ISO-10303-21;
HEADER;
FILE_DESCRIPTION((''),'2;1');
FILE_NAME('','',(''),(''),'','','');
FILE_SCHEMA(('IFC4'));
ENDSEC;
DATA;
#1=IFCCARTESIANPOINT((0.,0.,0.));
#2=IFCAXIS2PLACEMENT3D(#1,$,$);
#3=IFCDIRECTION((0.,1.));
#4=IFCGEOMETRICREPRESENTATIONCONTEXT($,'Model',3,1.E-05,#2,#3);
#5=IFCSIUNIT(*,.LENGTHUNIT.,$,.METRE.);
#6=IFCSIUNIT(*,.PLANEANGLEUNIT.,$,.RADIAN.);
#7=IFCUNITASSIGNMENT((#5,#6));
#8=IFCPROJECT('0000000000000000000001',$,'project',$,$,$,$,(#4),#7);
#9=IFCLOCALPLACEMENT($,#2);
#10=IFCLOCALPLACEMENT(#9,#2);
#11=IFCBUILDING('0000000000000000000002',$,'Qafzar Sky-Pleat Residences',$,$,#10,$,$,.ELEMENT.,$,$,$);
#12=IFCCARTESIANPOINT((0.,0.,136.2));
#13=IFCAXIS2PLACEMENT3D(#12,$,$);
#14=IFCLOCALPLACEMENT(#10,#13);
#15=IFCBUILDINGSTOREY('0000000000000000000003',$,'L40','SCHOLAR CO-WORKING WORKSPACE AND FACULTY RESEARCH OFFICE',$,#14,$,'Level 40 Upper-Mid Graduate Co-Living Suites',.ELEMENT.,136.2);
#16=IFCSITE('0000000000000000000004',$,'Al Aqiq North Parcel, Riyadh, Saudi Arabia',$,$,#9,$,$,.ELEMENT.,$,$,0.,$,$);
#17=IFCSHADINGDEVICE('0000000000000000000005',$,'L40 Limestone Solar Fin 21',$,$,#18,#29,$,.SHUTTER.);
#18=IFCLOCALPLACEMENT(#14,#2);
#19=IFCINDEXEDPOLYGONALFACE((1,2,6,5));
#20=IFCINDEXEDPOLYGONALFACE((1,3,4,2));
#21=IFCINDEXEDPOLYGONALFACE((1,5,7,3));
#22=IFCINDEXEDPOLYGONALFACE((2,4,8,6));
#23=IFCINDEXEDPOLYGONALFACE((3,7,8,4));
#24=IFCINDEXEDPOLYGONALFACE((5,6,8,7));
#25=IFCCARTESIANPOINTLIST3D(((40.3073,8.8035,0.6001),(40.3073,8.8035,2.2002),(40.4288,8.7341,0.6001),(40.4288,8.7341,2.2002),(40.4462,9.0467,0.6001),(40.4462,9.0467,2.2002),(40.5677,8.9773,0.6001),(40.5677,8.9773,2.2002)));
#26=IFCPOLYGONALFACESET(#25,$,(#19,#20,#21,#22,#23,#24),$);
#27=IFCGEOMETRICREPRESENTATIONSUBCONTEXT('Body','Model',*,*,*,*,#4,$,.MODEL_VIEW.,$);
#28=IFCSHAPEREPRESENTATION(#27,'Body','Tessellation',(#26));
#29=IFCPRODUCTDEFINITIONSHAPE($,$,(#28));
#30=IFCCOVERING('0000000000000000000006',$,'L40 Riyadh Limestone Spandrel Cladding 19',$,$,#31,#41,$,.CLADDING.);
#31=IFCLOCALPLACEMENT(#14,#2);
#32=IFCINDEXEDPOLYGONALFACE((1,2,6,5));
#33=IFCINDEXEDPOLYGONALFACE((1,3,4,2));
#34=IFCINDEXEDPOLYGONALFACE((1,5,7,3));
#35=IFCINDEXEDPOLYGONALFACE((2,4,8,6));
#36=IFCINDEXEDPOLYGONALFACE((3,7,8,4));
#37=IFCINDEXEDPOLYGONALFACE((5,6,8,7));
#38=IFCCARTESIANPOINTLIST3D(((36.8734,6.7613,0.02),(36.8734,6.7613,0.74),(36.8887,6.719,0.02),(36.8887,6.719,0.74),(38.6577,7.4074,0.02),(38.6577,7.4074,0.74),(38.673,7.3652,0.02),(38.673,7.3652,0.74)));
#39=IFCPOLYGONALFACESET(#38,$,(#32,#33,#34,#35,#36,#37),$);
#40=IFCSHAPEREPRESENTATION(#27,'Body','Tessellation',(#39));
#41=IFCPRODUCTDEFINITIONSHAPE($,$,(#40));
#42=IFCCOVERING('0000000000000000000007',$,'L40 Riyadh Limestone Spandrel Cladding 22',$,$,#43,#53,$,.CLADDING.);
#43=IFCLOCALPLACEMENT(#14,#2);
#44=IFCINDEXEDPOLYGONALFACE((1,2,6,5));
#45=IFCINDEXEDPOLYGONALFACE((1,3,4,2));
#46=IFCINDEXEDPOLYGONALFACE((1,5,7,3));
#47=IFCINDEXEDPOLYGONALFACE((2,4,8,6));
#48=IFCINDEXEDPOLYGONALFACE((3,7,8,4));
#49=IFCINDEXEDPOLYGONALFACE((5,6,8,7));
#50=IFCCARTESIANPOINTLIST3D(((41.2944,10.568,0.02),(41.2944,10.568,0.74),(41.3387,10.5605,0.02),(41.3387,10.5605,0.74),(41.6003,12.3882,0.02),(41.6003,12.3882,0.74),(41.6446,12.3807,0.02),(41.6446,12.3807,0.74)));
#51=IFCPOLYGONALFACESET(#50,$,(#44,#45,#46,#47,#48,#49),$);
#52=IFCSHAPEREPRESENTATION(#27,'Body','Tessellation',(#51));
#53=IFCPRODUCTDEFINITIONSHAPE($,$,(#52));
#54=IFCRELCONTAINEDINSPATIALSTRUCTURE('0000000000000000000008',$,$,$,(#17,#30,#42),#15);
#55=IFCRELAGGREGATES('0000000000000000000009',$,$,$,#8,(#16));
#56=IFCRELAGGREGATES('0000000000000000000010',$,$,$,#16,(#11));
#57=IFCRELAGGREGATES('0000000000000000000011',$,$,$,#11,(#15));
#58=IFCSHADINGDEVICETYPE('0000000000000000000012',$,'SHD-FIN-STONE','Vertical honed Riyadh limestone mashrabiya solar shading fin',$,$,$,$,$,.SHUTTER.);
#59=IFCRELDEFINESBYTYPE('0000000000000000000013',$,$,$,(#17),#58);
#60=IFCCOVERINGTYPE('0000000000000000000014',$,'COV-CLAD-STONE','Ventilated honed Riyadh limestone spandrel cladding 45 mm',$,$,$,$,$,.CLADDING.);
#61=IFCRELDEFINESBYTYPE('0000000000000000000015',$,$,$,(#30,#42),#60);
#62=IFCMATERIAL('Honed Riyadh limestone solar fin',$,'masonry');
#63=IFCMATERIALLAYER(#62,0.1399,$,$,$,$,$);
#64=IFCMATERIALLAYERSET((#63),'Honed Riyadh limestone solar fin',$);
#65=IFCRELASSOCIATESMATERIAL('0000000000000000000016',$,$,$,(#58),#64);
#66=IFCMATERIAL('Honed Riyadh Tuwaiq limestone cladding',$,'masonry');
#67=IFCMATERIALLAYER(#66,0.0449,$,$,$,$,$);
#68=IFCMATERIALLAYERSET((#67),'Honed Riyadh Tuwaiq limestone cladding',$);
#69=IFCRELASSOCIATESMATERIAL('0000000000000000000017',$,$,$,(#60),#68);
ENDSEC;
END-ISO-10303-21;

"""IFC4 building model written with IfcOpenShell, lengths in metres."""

from ifc_helpers import new_model, si_unit, direction, frame, origin, origin_2d, place, context, subcontext, project, spatial, rectangle, extrude, source, transform, mapped, material, layer, layer_set, type_object, element, save


model = new_model("IFC4")

# Units and contexts
model_context = context("Model", 3, precision=1e-05, world=origin(), true_north=direction((0.0, 1.0)))
body_context = subcontext(model_context, "Body", "Model", "MODEL_VIEW")
ifc_project = project(units=[si_unit("LENGTHUNIT", "METRE"), si_unit("PLANEANGLEUNIT", "RADIAN")], contexts=[model_context])

# Site, building, storey
site_placement = place(None, origin())
site = spatial("IfcSite", under=ifc_project, at=site_placement, Name="Al Aqiq North Parcel, Riyadh, Saudi Arabia", CompositionType="ELEMENT", RefElevation=0.0)
building_placement = place(site_placement, origin())
building = spatial("IfcBuilding", under=site, at=building_placement, Name="Qafzar Sky-Pleat Residences", CompositionType="ELEMENT")
storey_placement = place(building_placement, frame((0.0, 0.0, 136.2)))
storey = spatial("IfcBuildingStorey", under=building, at=storey_placement, Name="L40", Description="SCHOLAR CO-WORKING WORKSPACE AND FACULTY RESEARCH OFFICE", LongName="Level 40 Upper-Mid Graduate Co-Living Suites", CompositionType="ELEMENT", Elevation=136.2)

# Shading device
ifc_material_1 = material(Name="Honed Riyadh limestone solar fin", Category="masonry")
ifc_layer_1 = layer(ifc_material_1, 0.1399)
ifc_layer_set_1 = layer_set([ifc_layer_1], Name="Honed Riyadh limestone solar fin")
shading_device_type = type_object("IfcShadingDeviceType", Name="SHD-FIN-STONE", Description="Vertical honed Riyadh limestone mashrabiya solar shading fin", PredefinedType="SHUTTER", material=ifc_layer_set_1)
shared_shape_1 = source(origin(), body_context, "Body", "SweptSolid", [
    extrude(rectangle(XDim=0.1399, YDim=0.28, at=origin_2d()), origin(), (0.0, 0.0, 1.0), 1.6001),
])
shading_device_placement = place(storey_placement, frame((40.4375, 8.8904, 0.6001), z_axis=(0.0, 0.0, 1.0), x_axis=(0.868431, -0.49581, 0.0)))
element("IfcShadingDevice", 1, at=shading_device_placement, inside=storey, type_object=shading_device_type, Name="L40 Limestone Solar Fin 21", PredefinedType="SHUTTER", context=body_context, shape_type="MappedRepresentation", body=[
    mapped(shared_shape_1, transform((0.0, 0.0, 0.0), x_axis=(1.0, 0.0, 0.0), y_axis=(0.0, 1.0, 0.0), z_axis=(0.0, 0.0, 1.0), scale=1.0)),
])

# Coverings
ifc_material_2 = material(Name="Honed Riyadh Tuwaiq limestone cladding", Category="masonry")
ifc_layer_2 = layer(ifc_material_2, 0.0449)
ifc_layer_set_2 = layer_set([ifc_layer_2], Name="Honed Riyadh Tuwaiq limestone cladding")
covering_type = type_object("IfcCoveringType", Name="COV-CLAD-STONE", Description="Ventilated honed Riyadh limestone spandrel cladding 45 mm", PredefinedType="CLADDING", material=ifc_layer_set_2)
shared_shape_2 = source(origin(), body_context, "Body", "SweptSolid", [
    extrude(rectangle(XDim=1.8977, YDim=0.0449, at=origin_2d()), origin(), (0.0, 0.0, 1.0), 0.72),
])
covering_1_placement = place(storey_placement, frame((37.7732, 7.0632, 0.02), z_axis=(0.0, 0.0, 1.0), x_axis=(0.940241, 0.340509, 0.0)))
element("IfcCovering", 2, at=covering_1_placement, inside=storey, type_object=covering_type, Name="L40 Riyadh Limestone Spandrel Cladding 19", PredefinedType="CLADDING", context=body_context, shape_type="MappedRepresentation", body=[
    mapped(shared_shape_2, transform((0.0, 0.0, 0.0), x_axis=(1.0, 0.0, 0.0), y_axis=(0.0, 1.0, 0.0), z_axis=(0.0, 0.0, 1.0), scale=1.0)),
])
shared_shape_3 = source(origin(), body_context, "Body", "SweptSolid", [
    extrude(rectangle(XDim=1.8457, YDim=0.0449, at=origin_2d()), origin(), (0.0, 0.0, 1.0), 0.72),
])
covering_2_placement = place(storey_placement, frame((41.4695, 11.4744, 0.02), z_axis=(0.0, 0.0, 1.0), x_axis=(0.165704, 0.986176, 0.0)))
element("IfcCovering", 3, at=covering_2_placement, inside=storey, type_object=covering_type, Name="L40 Riyadh Limestone Spandrel Cladding 22", PredefinedType="CLADDING", context=body_context, shape_type="MappedRepresentation", body=[
    mapped(shared_shape_3, transform((0.0, 0.0, 0.0), x_axis=(1.0, 0.0, 0.0), y_axis=(0.0, 1.0, 0.0), z_axis=(0.0, 0.0, 1.0), scale=1.0)),
])

save(model, "model.ifc")
